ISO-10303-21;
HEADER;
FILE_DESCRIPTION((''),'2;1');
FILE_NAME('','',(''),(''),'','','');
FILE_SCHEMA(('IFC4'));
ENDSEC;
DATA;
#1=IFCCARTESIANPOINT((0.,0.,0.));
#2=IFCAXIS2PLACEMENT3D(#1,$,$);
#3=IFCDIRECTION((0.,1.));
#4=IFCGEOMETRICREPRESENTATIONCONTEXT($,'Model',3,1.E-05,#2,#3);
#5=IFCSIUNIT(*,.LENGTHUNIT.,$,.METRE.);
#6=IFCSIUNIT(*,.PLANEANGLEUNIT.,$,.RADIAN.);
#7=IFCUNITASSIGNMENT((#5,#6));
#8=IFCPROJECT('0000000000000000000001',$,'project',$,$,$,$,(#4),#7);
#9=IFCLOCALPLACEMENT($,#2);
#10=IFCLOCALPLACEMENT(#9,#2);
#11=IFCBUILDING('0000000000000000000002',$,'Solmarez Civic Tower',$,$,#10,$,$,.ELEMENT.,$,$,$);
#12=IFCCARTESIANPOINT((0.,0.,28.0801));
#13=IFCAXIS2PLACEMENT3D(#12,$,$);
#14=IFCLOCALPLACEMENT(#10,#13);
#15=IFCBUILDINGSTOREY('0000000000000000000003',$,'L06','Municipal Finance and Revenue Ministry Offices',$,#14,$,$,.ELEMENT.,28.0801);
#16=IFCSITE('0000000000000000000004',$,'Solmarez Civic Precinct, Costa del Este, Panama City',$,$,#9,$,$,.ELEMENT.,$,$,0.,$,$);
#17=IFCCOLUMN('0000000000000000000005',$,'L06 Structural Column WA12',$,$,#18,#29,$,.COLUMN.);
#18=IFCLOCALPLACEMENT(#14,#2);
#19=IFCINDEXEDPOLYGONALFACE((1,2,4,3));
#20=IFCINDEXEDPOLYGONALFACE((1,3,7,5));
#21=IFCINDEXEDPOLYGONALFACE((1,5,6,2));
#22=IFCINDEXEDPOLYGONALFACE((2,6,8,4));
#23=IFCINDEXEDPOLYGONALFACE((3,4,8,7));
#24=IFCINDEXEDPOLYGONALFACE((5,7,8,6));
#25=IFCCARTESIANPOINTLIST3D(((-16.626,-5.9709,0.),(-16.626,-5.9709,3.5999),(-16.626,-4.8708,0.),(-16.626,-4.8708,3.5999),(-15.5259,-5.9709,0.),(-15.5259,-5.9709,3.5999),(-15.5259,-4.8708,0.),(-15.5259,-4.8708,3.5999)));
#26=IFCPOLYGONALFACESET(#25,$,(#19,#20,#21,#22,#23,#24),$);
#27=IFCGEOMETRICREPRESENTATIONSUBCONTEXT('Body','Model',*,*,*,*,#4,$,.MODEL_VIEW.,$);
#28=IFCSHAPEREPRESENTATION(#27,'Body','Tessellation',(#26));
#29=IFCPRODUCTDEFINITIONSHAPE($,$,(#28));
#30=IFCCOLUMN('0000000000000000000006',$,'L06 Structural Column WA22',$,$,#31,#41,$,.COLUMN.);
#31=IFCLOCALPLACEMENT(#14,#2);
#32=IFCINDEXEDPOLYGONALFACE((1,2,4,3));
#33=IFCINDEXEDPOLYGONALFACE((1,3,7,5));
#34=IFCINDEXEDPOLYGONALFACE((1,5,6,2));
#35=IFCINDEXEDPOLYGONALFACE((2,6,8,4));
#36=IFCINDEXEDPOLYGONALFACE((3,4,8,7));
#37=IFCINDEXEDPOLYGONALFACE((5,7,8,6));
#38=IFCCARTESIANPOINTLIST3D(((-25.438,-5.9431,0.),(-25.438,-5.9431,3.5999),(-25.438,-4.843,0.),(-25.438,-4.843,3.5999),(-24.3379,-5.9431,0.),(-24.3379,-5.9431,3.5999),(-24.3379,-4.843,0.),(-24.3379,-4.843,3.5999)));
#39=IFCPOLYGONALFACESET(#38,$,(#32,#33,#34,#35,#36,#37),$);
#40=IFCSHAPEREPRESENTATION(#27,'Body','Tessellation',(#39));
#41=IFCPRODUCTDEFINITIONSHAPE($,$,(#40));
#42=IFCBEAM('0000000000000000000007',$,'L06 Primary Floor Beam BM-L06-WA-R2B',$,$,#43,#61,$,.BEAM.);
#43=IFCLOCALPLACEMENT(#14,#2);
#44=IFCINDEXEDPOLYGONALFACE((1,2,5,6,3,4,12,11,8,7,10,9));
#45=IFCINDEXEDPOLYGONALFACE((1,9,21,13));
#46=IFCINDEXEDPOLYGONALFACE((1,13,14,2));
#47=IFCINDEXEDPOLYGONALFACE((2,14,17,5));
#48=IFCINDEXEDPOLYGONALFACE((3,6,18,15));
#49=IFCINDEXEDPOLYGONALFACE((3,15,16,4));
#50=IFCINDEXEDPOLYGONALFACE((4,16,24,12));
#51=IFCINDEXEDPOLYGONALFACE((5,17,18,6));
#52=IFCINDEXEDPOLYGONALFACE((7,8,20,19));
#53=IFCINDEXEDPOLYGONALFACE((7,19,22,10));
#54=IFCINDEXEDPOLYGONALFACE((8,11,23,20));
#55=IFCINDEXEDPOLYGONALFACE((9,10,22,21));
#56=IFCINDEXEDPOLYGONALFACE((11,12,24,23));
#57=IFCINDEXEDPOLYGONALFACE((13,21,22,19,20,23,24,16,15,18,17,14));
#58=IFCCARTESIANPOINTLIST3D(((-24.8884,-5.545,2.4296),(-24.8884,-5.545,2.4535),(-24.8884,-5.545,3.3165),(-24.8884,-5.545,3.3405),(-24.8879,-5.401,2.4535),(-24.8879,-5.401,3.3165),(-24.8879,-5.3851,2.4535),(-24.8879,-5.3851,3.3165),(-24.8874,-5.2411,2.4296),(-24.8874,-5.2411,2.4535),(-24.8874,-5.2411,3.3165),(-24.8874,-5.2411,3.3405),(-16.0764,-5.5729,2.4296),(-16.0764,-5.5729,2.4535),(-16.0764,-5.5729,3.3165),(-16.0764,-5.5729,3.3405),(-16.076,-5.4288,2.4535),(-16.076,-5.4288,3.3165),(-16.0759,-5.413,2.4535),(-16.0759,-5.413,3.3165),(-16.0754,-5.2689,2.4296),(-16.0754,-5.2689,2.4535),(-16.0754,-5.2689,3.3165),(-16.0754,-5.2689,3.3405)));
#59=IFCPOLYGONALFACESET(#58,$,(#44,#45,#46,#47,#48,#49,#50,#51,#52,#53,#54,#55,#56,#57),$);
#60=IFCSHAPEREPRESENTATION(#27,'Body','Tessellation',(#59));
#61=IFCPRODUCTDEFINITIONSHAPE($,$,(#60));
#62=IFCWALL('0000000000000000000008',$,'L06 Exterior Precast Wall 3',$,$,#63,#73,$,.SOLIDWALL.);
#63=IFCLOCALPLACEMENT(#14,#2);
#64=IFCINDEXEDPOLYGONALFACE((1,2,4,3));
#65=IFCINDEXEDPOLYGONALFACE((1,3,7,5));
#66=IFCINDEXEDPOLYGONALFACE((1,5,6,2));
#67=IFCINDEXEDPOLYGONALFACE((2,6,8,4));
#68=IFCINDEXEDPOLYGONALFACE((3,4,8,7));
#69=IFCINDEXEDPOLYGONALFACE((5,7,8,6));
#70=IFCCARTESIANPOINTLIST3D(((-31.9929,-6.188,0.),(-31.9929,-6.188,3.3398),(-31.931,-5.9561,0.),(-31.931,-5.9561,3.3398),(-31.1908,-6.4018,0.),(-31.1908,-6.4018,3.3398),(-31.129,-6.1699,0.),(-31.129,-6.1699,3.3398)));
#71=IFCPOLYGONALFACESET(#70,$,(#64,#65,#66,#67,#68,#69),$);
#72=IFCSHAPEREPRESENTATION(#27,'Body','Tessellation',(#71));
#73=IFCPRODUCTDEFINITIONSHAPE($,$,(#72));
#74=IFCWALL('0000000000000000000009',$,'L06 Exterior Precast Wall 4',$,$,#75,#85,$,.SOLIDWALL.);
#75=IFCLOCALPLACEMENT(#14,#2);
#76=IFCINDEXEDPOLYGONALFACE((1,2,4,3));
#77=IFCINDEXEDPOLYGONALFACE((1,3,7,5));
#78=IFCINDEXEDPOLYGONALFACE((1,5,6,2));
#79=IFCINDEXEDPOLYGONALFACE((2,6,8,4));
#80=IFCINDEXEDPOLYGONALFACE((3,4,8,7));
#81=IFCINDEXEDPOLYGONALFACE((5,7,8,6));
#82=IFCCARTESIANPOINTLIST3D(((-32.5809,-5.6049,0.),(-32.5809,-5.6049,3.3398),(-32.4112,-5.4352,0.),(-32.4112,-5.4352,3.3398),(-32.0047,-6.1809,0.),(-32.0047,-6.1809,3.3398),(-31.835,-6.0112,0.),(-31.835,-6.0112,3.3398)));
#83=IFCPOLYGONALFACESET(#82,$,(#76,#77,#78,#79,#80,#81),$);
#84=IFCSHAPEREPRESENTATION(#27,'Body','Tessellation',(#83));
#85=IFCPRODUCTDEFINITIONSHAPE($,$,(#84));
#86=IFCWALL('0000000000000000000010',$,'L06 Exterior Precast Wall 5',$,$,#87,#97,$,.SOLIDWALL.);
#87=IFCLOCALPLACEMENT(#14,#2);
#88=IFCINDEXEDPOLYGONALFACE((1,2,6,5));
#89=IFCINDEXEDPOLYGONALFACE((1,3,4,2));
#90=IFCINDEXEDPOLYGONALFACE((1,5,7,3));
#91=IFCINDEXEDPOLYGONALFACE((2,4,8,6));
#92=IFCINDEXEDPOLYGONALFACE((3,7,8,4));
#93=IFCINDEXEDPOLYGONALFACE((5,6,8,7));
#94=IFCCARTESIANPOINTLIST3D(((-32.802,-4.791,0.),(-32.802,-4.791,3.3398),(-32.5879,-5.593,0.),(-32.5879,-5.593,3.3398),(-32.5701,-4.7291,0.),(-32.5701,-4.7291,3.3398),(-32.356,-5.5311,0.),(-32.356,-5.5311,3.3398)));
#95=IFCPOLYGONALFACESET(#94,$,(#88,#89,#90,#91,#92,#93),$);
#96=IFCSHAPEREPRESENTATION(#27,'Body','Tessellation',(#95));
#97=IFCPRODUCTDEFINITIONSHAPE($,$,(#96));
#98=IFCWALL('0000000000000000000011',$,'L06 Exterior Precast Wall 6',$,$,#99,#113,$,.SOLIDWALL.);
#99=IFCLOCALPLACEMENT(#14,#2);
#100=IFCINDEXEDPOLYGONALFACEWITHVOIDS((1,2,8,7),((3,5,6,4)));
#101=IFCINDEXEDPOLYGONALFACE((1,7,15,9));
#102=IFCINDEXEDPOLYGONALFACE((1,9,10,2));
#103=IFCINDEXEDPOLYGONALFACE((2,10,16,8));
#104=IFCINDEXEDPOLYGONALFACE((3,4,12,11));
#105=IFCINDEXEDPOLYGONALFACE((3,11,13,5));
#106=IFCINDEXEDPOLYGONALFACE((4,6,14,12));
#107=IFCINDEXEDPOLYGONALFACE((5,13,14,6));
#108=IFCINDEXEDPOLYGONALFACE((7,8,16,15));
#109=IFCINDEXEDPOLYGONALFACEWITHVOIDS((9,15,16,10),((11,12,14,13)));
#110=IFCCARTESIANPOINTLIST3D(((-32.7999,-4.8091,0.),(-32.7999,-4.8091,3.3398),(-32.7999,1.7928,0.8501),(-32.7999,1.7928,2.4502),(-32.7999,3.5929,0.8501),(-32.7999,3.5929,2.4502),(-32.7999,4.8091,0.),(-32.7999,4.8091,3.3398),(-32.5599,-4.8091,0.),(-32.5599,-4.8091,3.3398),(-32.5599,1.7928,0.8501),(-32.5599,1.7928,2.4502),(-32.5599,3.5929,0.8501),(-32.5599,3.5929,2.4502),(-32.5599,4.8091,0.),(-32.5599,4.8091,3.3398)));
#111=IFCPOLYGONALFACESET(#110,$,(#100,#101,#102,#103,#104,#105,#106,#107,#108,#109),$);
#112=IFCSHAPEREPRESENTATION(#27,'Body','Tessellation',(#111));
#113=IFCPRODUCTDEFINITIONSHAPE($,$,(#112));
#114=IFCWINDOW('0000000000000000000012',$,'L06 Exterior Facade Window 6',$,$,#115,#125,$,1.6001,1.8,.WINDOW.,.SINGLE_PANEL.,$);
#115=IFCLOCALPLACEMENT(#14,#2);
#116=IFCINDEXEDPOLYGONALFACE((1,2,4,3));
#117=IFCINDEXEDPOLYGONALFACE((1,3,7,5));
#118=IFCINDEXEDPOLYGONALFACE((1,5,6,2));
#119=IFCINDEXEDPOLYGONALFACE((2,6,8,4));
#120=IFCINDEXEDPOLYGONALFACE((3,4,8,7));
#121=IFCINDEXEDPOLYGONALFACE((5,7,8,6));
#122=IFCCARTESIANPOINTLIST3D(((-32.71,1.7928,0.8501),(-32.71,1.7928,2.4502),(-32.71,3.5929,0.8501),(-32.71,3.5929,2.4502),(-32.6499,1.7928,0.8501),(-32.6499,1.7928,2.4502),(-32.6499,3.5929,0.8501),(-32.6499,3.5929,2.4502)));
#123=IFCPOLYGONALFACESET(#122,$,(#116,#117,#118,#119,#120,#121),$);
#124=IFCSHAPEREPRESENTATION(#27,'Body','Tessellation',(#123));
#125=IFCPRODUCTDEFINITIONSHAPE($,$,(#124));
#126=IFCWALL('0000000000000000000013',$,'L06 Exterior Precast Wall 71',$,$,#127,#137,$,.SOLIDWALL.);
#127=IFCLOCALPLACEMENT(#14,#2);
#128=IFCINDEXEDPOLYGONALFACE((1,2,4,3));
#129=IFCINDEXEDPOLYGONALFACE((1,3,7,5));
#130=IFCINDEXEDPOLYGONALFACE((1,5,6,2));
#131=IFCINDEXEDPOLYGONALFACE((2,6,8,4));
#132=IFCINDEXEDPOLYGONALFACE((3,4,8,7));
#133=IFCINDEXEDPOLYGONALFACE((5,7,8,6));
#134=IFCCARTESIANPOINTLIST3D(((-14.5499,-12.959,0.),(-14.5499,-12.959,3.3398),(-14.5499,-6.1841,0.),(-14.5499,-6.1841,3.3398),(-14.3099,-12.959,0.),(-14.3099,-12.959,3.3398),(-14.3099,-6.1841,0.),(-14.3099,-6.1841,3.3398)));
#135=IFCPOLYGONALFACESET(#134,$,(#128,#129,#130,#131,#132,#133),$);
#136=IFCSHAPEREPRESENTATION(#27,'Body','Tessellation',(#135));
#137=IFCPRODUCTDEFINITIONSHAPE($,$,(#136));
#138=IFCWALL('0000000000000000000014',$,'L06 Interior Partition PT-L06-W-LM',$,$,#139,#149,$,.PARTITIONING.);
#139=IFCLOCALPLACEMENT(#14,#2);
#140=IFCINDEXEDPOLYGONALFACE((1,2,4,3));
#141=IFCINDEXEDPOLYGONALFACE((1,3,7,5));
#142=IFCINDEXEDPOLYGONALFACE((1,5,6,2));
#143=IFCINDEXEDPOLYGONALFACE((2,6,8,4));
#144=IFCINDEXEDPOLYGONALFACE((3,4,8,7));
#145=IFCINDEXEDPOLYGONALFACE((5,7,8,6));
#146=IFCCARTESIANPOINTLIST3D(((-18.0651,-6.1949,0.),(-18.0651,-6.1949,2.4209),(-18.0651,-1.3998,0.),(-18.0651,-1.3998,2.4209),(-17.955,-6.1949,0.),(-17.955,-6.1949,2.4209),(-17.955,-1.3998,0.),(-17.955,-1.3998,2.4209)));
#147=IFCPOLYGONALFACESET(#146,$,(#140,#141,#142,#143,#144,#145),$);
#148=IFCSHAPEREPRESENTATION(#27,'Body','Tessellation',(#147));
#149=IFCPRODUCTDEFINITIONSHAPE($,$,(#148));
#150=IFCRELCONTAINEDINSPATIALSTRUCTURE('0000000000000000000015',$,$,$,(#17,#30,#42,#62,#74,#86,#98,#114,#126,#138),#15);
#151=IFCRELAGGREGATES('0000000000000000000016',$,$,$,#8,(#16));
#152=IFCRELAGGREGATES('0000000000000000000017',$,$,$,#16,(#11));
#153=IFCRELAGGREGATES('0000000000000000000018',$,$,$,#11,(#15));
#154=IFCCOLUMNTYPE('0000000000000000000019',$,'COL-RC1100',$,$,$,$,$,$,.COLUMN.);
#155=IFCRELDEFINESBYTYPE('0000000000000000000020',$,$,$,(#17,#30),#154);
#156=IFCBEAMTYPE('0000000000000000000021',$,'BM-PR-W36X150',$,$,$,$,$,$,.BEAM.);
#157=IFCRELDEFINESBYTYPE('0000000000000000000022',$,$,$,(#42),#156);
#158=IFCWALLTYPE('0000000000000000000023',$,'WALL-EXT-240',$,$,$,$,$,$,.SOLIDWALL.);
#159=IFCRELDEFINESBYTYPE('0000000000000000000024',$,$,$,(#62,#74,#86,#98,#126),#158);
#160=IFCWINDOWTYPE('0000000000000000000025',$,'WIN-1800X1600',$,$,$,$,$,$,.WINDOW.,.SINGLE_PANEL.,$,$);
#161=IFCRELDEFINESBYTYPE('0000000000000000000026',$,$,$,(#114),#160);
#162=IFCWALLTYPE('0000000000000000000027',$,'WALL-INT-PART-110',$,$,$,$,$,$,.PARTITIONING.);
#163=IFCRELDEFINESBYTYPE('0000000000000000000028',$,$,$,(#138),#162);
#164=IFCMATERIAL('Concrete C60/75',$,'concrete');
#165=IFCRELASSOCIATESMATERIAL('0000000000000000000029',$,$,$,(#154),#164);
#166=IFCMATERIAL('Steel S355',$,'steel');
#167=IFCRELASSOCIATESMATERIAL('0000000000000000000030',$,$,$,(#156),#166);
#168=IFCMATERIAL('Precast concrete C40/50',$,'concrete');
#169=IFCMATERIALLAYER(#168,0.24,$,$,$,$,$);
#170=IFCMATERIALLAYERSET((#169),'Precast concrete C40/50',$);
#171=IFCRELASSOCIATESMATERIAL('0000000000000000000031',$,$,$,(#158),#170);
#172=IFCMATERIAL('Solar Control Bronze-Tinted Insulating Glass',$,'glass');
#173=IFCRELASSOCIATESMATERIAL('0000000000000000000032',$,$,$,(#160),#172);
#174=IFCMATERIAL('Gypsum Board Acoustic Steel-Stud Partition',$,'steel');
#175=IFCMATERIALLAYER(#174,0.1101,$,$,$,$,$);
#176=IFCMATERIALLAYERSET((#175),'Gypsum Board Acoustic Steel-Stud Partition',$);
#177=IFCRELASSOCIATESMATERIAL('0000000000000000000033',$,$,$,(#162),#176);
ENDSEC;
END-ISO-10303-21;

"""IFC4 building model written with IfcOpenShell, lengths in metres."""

from ifc_helpers import new_model, si_unit, direction, frame, frame_2d, origin, origin_2d, place, context, subcontext, project, spatial, rectangle, i_section, extrude, material, layer, layer_set, material_profile, profile_set, type_object, element, fill, save


model = new_model("IFC4")

# Units and contexts
model_context = context("Model", 3, precision=1e-05, world=origin(), true_north=direction((0.0, 1.0)))
body_context = subcontext(model_context, "Body", "Model", "MODEL_VIEW")
ifc_project = project(units=[si_unit("LENGTHUNIT", "METRE"), si_unit("PLANEANGLEUNIT", "RADIAN")], contexts=[model_context])

# Site, building, storey
site_placement = place(None, origin())
site = spatial("IfcSite", under=ifc_project, at=site_placement, Name="Solmarez Civic Precinct, Costa del Este, Panama City", CompositionType="ELEMENT", RefElevation=0.0)
building_placement = place(site_placement, origin())
building = spatial("IfcBuilding", under=site, at=building_placement, Name="Solmarez Civic Tower", CompositionType="ELEMENT")
storey_placement = place(building_placement, frame((0.0, 0.0, 28.0801)))
storey = spatial("IfcBuildingStorey", under=building, at=storey_placement, Name="L06", Description="Municipal Finance and Revenue Ministry Offices", CompositionType="ELEMENT", Elevation=28.0801)

# Columns
ifc_material_1 = material(Name="Concrete C60/75", Category="concrete")
ifc_material_profile_1 = material_profile(ifc_material_1, rectangle(XDim=1.1001, YDim=1.1001, at=origin_2d()), Name="RC1100X1100")
ifc_profile_set_1 = profile_set([ifc_material_profile_1], Name="Concrete C60/75")
column_type = type_object("IfcColumnType", Name="COL-RC1100", PredefinedType="COLUMN", material=ifc_profile_set_1)
for number, where, z_axis, x_axis, name in (
    (1, (-16.0759, -5.4209, 0.0), (0.0, 0.0, 1.0), (1.0, 0.0, 0.0), "L06 Structural Column WA12"),
    (2, (-24.8879, -5.3931, 0.0), (0.0, 0.0, 1.0), (1.0, 0.0, 0.0), "L06 Structural Column WA22"),
):
    element("IfcColumn", number, at=place(storey_placement, frame(where, z_axis=z_axis, x_axis=x_axis)), inside=storey, type_object=column_type, Name=name, PredefinedType="COLUMN", context=body_context, shape_type="SweptSolid", body=[
        extrude(rectangle(XDim=1.1001, YDim=1.1001, at=origin_2d()), origin(), (0.0, 0.0, 1.0), 3.5999),
    ])

# Beam
ifc_material_2 = material(Name="Steel S355", Category="steel")
ifc_material_profile_2 = material_profile(ifc_material_2, i_section(OverallWidth=0.304, OverallDepth=0.9109, WebThickness=0.0159, FlangeThickness=0.0239, at=origin_2d()), Name="W36X150")
ifc_profile_set_2 = profile_set([ifc_material_profile_2], Name="Steel S355")
beam_type = type_object("IfcBeamType", Name="BM-PR-W36X150", PredefinedType="BEAM", material=ifc_profile_set_2)
beam_placement = place(storey_placement, frame((-16.0759, -5.4209, 2.885), z_axis=(-0.999995, 0.003158, 0.0), x_axis=(-0.003158, -0.999995, 0.0)))
element("IfcBeam", 3, at=beam_placement, inside=storey, type_object=beam_type, Name="L06 Primary Floor Beam BM-L06-WA-R2B", PredefinedType="BEAM", context=body_context, shape_type="SweptSolid", body=[
    extrude(i_section(OverallWidth=0.304, OverallDepth=0.9109, WebThickness=0.0159, FlangeThickness=0.0239, at=origin_2d()), origin(), (0.0, 0.0, 1.0), 8.812),
])

# Walls
ifc_material_3 = material(Name="Precast concrete C40/50", Category="concrete")
ifc_layer_1 = layer(ifc_material_3, 0.24)
ifc_layer_set_1 = layer_set([ifc_layer_1], Name="Precast concrete C40/50")
wall_type_1 = type_object("IfcWallType", Name="WALL-EXT-240", PredefinedType="SOLIDWALL", material=ifc_layer_set_1)
wall_1_placement = place(storey_placement, frame((-31.1599, -6.2859, 0.0), z_axis=(0.0, 0.0, 1.0), x_axis=(-0.966235, 0.257663, 0.0)))
element("IfcWall", 4, at=wall_1_placement, inside=storey, type_object=wall_type_1, Name="L06 Exterior Precast Wall 3", PredefinedType="SOLIDWALL", context=body_context, shape_type="SweptSolid", body=[
    extrude(rectangle(XDim=0.8301, YDim=0.24, at=frame_2d((0.415, 0.0))), origin(), (0.0, 0.0, 1.0), 3.3398),
])
wall_2_placement = place(storey_placement, frame((-31.9199, -6.0959, 0.0), z_axis=(0.0, 0.0, 1.0), x_axis=(-0.707257, 0.706957, 0.0)))
element("IfcWall", 5, at=wall_2_placement, inside=storey, type_object=wall_type_1, Name="L06 Exterior Precast Wall 4", PredefinedType="SOLIDWALL", context=body_context, shape_type="SweptSolid", body=[
    extrude(rectangle(XDim=0.8147, YDim=0.24, at=frame_2d((0.4072, 0.0))), origin(), (0.0, 0.0, 1.0), 3.3398),
])
wall_3_placement = place(storey_placement, frame((-32.4719, -5.562, 0.0), z_axis=(0.0, 0.0, 1.0), x_axis=(-0.257937, 0.966162, 0.0)))
element("IfcWall", 6, at=wall_3_placement, inside=storey, type_object=wall_type_1, Name="L06 Exterior Precast Wall 5", PredefinedType="SOLIDWALL", context=body_context, shape_type="SweptSolid", body=[
    extrude(rectangle(XDim=0.8301, YDim=0.24, at=frame_2d((0.415, 0.0))), origin(), (0.0, 0.0, 1.0), 3.3398),
])

# Wall, opening, window
wall_4_placement = place(storey_placement, frame((-32.6799, -4.8091, 0.0), z_axis=(0.0, 0.0, 1.0), x_axis=(0.0, 1.0, 0.0)))
wall_4 = element("IfcWall", 7, at=wall_4_placement, inside=storey, type_object=wall_type_1, Name="L06 Exterior Precast Wall 6", PredefinedType="SOLIDWALL", context=body_context, shape_type="SweptSolid", body=[
    extrude(rectangle(XDim=9.6182, YDim=0.24, at=frame_2d((4.8091, 0.0))), origin(), (0.0, 0.0, 1.0), 3.3398),
])
opening_1_placement = place(wall_4_placement, frame((6.6021, 0.0, 0.8501)))
opening_1 = element("IfcOpeningElement", 8, at=opening_1_placement, cuts=wall_4, PredefinedType="OPENING", context=body_context, shape_type="SweptSolid", body=[
    extrude(rectangle(XDim=1.8, YDim=1.6001, at=frame_2d((0.8999, 0.8))), frame((0.0, 0.1299, 0.0), z_axis=(0.0, -1.0, 0.0), x_axis=(1.0, 0.0, 0.0)), (0.0, 0.0, 1.0), 0.26),
])
ifc_material_4 = material(Name="Solar Control Bronze-Tinted Insulating Glass", Category="glass")
window_type = type_object("IfcWindowType", Name="WIN-1800X1600", PartitioningType="SINGLE_PANEL", PredefinedType="WINDOW", material=ifc_material_4)
window_placement = place(opening_1_placement, origin())
window = element("IfcWindow", 9, at=window_placement, inside=storey, type_object=window_type, Name="L06 Exterior Facade Window 6", OverallHeight=1.6001, OverallWidth=1.8, PartitioningType="SINGLE_PANEL", PredefinedType="WINDOW", context=body_context, shape_type="SweptSolid", body=[
    extrude(rectangle(XDim=1.8, YDim=1.6001, at=frame_2d((0.8999, 0.8))), frame((0.0, 0.03, 0.0), z_axis=(0.0, -1.0, 0.0), x_axis=(1.0, 0.0, 0.0)), (0.0, 0.0, 1.0), 0.0601),
])
fill(opening_1, window)

# Walls
wall_5_placement = place(storey_placement, frame((-14.4299, -12.959, 0.0), z_axis=(0.0, 0.0, 1.0), x_axis=(0.0, 1.0, 0.0)))
element("IfcWall", 10, at=wall_5_placement, inside=storey, type_object=wall_type_1, Name="L06 Exterior Precast Wall 71", PredefinedType="SOLIDWALL", context=body_context, shape_type="SweptSolid", body=[
    extrude(rectangle(XDim=6.7749, YDim=0.24, at=frame_2d((3.3875, 0.0))), origin(), (0.0, 0.0, 1.0), 3.3398),
])
ifc_material_5 = material(Name="Gypsum Board Acoustic Steel-Stud Partition", Category="steel")
ifc_layer_2 = layer(ifc_material_5, 0.1101)
ifc_layer_set_2 = layer_set([ifc_layer_2], Name="Gypsum Board Acoustic Steel-Stud Partition")
wall_type_2 = type_object("IfcWallType", Name="WALL-INT-PART-110", PredefinedType="PARTITIONING", material=ifc_layer_set_2)
wall_6_placement = place(storey_placement, frame((-18.01, -1.3999, 0.0), z_axis=(0.0, 0.0, 1.0), x_axis=(0.0, -1.0, 0.0)))
element("IfcWall", 11, at=wall_6_placement, inside=storey, type_object=wall_type_2, Name="L06 Interior Partition PT-L06-W-LM", PredefinedType="PARTITIONING", context=body_context, shape_type="SweptSolid", body=[
    extrude(rectangle(XDim=4.7952, YDim=0.1101, at=frame_2d((2.3975, 0.0))), origin(), (0.0, 0.0, 1.0), 2.4209),
])

save(model, "model.ifc")
